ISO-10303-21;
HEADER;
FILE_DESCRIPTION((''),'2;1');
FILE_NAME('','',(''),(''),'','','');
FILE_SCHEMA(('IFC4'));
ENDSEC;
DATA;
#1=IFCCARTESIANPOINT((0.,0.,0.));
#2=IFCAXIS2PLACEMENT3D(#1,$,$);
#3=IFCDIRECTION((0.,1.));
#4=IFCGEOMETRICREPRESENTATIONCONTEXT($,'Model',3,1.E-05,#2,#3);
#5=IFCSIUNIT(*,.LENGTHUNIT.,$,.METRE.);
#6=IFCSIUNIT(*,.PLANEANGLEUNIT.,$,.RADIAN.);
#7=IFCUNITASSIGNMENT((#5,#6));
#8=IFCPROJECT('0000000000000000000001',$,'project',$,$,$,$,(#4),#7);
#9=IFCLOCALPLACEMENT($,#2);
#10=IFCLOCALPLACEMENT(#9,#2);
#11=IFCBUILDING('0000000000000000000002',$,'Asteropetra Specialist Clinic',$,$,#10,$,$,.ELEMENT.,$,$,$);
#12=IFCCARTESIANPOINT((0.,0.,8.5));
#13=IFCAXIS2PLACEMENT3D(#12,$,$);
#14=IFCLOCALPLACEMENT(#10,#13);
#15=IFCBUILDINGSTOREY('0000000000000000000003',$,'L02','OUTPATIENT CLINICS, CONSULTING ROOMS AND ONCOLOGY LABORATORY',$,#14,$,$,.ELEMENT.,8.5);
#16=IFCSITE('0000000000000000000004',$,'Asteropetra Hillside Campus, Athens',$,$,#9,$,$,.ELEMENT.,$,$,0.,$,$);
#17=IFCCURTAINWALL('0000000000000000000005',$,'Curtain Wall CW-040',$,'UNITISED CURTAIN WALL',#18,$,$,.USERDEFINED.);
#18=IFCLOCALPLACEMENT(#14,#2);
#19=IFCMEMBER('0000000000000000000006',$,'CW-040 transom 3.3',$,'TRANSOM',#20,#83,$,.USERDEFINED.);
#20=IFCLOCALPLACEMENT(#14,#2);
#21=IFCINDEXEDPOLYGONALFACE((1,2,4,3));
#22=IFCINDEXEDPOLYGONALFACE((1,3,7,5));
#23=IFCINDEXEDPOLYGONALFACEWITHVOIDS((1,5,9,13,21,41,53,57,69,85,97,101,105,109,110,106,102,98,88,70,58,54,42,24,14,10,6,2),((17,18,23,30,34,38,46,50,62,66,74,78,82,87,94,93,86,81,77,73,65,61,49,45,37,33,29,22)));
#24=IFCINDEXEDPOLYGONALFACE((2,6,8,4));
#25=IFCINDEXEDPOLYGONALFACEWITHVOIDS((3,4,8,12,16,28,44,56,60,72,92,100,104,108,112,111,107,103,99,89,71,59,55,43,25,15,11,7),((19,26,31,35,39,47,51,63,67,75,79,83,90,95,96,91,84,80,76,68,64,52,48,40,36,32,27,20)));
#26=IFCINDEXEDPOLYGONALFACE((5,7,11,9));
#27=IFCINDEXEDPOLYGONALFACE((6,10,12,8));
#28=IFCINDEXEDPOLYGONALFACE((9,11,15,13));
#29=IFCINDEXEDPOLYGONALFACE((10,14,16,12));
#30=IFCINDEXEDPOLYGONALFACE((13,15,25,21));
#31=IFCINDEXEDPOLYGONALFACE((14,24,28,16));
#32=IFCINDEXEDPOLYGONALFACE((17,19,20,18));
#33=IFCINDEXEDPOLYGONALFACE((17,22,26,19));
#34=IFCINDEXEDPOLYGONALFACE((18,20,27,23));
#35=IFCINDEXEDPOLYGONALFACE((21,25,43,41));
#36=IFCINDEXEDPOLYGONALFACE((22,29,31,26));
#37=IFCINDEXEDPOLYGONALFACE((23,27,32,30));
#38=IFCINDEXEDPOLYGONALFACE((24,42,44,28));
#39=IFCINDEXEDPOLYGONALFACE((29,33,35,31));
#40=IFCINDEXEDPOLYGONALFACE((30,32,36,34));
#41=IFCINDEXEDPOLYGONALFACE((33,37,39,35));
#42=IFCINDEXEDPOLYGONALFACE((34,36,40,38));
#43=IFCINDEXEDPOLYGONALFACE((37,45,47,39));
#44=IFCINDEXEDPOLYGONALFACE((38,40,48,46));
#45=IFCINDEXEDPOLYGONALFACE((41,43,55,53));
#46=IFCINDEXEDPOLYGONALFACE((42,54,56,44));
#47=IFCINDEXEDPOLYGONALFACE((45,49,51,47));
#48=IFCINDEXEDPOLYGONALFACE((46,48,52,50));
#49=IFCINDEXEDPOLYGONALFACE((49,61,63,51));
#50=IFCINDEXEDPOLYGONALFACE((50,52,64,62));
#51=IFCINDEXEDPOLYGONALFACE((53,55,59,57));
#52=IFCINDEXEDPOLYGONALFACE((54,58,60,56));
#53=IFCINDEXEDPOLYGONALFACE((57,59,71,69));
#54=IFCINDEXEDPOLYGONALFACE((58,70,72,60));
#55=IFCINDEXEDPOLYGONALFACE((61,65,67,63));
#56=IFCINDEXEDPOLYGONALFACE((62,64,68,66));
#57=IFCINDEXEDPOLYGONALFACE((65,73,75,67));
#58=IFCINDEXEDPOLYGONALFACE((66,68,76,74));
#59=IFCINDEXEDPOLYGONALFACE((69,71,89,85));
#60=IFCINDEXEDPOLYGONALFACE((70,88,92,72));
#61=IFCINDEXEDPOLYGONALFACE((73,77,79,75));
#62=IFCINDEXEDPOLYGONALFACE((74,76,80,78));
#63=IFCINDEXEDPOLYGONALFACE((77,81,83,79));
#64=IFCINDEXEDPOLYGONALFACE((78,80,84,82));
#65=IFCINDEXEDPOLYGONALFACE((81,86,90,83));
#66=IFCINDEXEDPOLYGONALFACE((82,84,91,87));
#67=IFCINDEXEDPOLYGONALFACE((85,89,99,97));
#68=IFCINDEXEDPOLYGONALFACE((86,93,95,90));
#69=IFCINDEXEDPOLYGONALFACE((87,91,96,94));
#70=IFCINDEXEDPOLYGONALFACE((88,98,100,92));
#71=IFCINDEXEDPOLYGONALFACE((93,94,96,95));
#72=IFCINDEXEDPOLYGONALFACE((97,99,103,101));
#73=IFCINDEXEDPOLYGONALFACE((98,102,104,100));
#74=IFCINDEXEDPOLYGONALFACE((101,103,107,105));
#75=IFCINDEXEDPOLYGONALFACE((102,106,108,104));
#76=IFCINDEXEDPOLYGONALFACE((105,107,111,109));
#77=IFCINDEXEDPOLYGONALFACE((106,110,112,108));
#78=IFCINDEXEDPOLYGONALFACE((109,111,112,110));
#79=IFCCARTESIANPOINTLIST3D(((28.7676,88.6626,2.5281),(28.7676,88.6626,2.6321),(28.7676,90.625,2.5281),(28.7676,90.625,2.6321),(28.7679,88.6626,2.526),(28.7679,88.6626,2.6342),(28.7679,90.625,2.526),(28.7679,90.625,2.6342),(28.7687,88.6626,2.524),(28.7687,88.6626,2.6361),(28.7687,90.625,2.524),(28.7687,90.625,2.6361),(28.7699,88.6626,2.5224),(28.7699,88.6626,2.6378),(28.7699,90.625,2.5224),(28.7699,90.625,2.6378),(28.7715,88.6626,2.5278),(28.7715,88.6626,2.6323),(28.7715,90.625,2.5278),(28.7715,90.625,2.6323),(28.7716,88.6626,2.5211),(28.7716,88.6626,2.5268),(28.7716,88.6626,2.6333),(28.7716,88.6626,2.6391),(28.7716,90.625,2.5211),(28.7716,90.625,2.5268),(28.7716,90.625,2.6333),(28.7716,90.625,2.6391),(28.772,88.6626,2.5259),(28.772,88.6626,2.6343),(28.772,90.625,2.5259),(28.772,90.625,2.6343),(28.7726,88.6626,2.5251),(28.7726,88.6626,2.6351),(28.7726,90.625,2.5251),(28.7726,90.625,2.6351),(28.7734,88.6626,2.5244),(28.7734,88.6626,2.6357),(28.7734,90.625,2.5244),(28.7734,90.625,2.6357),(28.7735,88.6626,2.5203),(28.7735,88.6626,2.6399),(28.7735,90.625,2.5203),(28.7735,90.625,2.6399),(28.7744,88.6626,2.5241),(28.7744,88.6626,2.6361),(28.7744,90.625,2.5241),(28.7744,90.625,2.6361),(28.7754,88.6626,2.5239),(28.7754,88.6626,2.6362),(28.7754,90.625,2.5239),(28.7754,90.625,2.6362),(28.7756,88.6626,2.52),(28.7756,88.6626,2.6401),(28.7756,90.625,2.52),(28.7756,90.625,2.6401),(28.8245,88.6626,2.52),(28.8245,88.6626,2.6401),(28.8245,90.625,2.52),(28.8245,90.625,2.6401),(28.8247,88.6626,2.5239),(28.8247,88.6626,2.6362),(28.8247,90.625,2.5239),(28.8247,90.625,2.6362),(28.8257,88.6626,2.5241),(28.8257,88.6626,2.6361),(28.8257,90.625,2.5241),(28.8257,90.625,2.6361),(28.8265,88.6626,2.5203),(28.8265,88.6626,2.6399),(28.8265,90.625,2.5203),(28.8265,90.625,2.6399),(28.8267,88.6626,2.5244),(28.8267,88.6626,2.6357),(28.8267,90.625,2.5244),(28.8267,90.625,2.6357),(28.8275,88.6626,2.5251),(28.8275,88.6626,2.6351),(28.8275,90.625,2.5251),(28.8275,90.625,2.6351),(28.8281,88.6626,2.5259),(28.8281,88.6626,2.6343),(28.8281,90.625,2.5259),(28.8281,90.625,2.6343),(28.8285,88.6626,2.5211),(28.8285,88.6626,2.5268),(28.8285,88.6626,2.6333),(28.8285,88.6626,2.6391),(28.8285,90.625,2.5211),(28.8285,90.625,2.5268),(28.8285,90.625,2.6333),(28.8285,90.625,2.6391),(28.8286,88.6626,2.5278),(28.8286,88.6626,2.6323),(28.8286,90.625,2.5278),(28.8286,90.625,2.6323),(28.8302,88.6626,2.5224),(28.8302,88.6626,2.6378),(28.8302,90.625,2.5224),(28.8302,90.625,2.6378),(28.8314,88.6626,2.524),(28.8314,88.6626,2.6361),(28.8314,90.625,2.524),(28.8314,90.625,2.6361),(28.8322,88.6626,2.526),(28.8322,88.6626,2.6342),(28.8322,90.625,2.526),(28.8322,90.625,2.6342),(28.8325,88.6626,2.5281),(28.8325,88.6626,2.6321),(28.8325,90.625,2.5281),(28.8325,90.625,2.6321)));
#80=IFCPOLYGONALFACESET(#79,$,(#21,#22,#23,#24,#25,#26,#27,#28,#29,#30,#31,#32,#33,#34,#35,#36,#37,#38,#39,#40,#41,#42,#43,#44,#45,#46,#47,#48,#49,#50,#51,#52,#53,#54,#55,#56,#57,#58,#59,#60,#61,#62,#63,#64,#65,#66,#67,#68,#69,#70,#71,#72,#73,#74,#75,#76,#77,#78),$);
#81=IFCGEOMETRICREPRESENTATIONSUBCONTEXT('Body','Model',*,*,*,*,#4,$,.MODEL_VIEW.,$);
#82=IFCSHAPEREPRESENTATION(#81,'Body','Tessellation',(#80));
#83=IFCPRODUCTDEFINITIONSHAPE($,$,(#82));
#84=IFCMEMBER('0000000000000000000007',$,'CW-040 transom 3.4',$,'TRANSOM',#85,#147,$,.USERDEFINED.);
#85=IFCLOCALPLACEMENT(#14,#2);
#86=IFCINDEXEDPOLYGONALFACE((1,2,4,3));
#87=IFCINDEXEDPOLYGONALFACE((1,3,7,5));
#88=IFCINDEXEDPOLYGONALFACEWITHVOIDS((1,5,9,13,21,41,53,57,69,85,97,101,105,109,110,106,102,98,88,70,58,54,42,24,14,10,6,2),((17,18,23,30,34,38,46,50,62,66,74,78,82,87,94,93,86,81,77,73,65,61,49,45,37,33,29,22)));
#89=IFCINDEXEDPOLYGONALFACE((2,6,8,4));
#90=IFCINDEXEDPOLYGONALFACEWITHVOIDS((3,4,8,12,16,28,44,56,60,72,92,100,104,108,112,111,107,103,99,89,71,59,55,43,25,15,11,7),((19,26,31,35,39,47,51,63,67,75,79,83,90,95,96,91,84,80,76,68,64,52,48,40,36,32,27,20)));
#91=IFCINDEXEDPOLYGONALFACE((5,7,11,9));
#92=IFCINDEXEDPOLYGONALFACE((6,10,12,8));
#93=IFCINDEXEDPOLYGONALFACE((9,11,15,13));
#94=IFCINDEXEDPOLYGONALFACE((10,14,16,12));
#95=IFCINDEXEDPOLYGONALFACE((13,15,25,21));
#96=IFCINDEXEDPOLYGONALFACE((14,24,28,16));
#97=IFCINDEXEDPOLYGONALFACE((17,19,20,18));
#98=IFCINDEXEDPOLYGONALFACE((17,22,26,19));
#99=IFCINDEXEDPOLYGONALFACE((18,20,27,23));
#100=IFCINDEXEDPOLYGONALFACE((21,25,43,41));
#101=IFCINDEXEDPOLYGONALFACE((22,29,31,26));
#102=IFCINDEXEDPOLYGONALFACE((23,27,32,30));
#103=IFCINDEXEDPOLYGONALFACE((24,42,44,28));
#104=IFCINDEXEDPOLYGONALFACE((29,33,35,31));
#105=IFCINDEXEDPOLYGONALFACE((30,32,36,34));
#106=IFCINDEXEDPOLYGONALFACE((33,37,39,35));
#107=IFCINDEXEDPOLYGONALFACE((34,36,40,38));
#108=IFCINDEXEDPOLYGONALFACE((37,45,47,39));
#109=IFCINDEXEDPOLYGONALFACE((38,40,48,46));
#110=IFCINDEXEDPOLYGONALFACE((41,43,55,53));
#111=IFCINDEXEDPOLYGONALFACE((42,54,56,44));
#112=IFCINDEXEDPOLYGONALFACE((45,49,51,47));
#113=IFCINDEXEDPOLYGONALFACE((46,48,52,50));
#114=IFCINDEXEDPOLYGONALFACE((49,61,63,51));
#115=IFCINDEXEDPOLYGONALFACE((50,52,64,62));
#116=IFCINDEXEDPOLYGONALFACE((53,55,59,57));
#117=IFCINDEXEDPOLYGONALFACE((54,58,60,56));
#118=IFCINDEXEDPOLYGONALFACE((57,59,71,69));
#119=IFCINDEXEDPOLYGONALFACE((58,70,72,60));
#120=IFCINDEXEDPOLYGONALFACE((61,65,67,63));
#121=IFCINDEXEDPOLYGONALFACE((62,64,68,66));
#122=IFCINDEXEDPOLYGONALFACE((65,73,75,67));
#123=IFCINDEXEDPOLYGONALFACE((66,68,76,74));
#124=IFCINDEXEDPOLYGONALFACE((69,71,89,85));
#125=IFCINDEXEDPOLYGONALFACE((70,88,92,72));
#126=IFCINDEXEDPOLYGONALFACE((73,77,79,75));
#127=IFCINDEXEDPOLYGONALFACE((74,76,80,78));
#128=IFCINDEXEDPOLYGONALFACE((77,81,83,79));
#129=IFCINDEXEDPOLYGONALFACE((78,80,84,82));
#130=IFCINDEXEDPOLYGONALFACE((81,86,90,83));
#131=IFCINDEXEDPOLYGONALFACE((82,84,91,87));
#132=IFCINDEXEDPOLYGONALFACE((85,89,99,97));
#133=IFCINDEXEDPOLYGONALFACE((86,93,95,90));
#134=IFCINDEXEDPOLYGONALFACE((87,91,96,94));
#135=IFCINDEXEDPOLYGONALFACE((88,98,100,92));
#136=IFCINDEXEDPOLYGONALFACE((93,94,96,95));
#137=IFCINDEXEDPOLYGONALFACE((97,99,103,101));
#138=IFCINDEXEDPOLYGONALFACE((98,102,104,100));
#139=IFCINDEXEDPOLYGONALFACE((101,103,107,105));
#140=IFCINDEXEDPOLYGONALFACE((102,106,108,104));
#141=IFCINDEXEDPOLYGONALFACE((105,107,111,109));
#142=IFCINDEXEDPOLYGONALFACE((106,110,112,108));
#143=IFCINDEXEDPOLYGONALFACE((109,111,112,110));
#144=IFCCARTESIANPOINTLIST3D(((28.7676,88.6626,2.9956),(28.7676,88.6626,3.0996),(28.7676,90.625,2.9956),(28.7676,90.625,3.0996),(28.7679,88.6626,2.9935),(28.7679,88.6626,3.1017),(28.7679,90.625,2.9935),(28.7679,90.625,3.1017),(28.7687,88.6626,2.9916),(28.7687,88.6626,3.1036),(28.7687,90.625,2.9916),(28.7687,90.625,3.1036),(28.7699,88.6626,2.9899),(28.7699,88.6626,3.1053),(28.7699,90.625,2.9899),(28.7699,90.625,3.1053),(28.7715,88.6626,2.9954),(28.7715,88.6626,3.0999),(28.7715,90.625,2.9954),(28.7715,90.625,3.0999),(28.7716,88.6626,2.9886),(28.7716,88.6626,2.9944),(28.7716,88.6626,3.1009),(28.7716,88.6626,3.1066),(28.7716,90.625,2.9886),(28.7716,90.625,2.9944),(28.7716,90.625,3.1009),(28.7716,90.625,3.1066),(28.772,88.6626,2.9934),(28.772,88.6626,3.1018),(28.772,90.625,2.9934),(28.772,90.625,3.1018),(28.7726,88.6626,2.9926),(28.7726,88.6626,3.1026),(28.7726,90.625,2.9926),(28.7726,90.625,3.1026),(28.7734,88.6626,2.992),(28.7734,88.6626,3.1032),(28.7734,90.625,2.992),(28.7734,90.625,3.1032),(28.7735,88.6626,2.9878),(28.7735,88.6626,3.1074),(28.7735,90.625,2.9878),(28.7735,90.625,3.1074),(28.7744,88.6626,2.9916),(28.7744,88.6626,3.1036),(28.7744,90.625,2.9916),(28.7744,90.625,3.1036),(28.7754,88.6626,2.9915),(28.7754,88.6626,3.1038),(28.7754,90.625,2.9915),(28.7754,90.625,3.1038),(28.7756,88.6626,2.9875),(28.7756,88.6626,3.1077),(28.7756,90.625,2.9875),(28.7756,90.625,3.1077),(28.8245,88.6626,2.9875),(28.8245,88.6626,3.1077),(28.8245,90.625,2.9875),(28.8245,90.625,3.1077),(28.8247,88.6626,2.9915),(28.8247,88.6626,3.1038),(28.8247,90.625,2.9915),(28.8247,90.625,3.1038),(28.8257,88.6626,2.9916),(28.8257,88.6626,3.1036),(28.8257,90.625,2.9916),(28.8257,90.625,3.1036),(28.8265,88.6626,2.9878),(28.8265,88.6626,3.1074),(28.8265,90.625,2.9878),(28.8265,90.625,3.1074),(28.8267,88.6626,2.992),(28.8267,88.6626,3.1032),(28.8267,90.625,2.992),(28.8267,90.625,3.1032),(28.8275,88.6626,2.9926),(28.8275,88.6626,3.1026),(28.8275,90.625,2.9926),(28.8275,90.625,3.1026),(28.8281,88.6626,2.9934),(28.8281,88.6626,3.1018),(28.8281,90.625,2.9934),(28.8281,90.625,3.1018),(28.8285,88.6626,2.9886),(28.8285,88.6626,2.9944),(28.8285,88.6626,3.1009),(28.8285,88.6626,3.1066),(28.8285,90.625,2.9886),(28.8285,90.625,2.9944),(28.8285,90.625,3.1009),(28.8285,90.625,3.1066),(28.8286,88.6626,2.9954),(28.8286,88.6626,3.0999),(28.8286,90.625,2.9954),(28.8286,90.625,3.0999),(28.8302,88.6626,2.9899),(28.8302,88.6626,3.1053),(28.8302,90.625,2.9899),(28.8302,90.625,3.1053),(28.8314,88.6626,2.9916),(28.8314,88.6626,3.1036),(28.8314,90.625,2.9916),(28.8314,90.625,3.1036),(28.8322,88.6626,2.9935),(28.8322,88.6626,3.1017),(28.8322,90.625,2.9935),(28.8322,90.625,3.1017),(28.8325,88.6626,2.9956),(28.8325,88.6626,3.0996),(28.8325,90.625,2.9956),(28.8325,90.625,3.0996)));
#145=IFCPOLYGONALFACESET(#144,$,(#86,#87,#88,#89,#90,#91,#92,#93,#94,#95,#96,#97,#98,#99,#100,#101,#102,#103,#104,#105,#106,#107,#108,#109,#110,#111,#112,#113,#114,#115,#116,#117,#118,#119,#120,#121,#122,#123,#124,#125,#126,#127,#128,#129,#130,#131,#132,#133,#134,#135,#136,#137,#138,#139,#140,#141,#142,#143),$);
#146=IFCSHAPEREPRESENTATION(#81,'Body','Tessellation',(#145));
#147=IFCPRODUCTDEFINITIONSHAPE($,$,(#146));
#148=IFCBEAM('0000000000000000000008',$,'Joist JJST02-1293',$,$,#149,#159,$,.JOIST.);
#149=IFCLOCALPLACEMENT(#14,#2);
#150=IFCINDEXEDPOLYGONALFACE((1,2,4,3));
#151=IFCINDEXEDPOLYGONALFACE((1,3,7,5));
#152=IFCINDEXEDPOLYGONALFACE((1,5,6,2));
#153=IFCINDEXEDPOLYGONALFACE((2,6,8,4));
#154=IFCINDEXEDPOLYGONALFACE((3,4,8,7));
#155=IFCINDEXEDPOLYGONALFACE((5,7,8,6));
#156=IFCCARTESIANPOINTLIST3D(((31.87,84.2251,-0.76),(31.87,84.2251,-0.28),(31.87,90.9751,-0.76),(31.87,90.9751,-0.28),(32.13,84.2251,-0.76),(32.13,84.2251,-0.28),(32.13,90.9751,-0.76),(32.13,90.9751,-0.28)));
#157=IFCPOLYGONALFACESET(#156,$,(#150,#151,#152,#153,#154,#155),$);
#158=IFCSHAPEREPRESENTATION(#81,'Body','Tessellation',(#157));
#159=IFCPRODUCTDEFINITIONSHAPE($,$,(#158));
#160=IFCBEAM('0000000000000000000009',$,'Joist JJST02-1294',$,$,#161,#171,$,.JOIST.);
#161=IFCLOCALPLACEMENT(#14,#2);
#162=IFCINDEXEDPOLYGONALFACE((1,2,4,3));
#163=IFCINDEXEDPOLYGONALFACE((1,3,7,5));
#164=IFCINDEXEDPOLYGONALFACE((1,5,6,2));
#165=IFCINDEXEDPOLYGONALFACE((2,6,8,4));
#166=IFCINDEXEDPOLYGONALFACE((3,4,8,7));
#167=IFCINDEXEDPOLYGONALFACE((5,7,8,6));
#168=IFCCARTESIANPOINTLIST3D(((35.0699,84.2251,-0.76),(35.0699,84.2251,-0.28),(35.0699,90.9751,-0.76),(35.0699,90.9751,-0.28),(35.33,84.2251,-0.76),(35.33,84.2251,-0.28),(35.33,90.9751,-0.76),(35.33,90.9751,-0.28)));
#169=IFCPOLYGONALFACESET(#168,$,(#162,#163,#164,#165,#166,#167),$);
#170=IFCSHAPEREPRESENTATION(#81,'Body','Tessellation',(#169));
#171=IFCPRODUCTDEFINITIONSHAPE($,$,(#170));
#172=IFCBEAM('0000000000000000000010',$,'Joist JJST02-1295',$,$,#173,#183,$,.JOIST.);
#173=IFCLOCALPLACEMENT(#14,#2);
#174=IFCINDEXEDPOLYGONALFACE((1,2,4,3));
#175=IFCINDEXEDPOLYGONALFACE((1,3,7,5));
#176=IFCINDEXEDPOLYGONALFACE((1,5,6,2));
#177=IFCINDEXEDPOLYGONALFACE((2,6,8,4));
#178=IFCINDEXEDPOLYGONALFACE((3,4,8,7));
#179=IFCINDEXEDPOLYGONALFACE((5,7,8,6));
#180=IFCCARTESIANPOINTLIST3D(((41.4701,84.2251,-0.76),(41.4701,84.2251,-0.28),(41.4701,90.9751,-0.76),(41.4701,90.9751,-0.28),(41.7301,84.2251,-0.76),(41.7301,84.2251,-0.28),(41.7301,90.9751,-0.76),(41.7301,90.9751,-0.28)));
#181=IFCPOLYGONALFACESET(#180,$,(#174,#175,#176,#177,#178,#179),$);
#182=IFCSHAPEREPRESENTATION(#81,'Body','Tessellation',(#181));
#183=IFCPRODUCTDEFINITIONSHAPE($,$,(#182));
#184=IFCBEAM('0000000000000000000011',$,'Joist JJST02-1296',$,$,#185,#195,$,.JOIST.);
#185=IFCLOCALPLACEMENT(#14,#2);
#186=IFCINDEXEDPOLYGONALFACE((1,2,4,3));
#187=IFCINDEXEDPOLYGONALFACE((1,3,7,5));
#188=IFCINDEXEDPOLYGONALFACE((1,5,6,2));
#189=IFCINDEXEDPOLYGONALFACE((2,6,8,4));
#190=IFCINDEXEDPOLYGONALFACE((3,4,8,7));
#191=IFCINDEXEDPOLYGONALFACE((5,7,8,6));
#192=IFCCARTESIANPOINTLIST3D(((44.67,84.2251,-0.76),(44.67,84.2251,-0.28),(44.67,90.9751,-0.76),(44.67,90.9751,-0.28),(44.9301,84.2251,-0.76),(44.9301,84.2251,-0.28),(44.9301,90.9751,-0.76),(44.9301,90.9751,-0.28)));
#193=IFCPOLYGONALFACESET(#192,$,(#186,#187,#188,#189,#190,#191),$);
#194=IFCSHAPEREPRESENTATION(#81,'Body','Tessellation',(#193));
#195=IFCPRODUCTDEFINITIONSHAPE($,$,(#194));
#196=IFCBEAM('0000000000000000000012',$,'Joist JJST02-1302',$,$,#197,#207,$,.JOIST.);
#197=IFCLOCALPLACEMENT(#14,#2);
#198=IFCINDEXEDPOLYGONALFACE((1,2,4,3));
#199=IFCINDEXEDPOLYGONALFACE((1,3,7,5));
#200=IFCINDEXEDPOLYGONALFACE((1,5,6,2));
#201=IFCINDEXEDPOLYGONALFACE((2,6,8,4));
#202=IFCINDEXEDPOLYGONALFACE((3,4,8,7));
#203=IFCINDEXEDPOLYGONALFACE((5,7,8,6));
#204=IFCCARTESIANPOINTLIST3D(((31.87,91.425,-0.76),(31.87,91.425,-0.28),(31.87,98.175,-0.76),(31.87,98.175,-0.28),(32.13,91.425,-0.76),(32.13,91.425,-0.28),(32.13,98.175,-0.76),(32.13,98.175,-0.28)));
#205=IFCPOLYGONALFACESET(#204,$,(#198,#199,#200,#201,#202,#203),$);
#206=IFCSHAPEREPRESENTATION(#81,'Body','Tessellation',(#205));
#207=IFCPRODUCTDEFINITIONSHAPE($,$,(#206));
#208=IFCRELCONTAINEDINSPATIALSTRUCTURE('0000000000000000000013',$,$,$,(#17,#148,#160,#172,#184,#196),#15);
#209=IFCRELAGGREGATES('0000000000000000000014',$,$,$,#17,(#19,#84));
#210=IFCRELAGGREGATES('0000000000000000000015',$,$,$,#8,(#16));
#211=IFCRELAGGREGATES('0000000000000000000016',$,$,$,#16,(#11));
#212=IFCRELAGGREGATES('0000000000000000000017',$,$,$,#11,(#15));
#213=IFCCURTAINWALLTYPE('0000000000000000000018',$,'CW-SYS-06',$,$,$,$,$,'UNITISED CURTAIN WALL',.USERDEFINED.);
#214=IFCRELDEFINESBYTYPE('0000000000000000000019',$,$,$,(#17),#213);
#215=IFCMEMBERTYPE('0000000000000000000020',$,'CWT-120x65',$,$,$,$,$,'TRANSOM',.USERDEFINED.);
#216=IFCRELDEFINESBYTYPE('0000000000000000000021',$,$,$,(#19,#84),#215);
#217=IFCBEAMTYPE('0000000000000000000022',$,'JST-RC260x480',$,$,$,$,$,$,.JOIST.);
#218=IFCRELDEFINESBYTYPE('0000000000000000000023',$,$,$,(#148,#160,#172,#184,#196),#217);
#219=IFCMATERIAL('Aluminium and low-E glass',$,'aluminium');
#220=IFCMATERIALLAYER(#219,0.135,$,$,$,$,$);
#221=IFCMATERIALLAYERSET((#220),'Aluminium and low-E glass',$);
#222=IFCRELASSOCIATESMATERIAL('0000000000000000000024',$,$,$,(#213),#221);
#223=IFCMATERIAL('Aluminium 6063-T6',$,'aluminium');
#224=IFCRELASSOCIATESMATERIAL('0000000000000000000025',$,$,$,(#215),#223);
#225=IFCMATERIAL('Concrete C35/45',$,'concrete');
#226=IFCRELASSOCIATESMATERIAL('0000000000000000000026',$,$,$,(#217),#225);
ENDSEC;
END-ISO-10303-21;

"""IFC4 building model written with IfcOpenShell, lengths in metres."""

from ifc_helpers import new_model, si_unit, direction, frame, origin, origin_2d, place, context, subcontext, project, spatial, rectangle, hollow_rectangle, extrude, material, layer, layer_set, material_profile, profile_set, type_object, element, aggregate, save


model = new_model("IFC4")

# Units and contexts
model_context = context("Model", 3, precision=1e-05, world=origin(), true_north=direction((0.0, 1.0)))
body_context = subcontext(model_context, "Body", "Model", "MODEL_VIEW")
ifc_project = project(units=[si_unit("LENGTHUNIT", "METRE"), si_unit("PLANEANGLEUNIT", "RADIAN")], contexts=[model_context])

# Site, building, storey
site_placement = place(None, origin())
site = spatial("IfcSite", under=ifc_project, at=site_placement, Name="Asteropetra Hillside Campus, Athens", CompositionType="ELEMENT", RefElevation=0.0)
building_placement = place(site_placement, origin())
building = spatial("IfcBuilding", under=site, at=building_placement, Name="Asteropetra Specialist Clinic", CompositionType="ELEMENT")
storey_placement = place(building_placement, frame((0.0, 0.0, 8.5)))
storey = spatial("IfcBuildingStorey", under=building, at=storey_placement, Name="L02", Description="OUTPATIENT CLINICS, CONSULTING ROOMS AND ONCOLOGY LABORATORY", CompositionType="ELEMENT", Elevation=8.5)

# Curtain wall, members
ifc_material_1 = material(Name="Aluminium and low-E glass", Category="aluminium")
ifc_layer_1 = layer(ifc_material_1, 0.135)
ifc_layer_set_1 = layer_set([ifc_layer_1], Name="Aluminium and low-E glass")
curtain_wall_type = type_object("IfcCurtainWallType", Name="CW-SYS-06", ElementType="UNITISED CURTAIN WALL", PredefinedType="USERDEFINED", material=ifc_layer_set_1)
curtain_wall_placement = place(storey_placement, origin())
curtain_wall = element("IfcCurtainWall", 1, at=curtain_wall_placement, inside=storey, type_object=curtain_wall_type, Name="Curtain Wall CW-040", ObjectType="UNITISED CURTAIN WALL", PredefinedType="USERDEFINED")
ifc_material_2 = material(Name="Aluminium 6063-T6", Category="aluminium")
ifc_material_profile_1 = material_profile(ifc_material_2, hollow_rectangle(XDim=0.0649, YDim=0.1201, WallThickness=0.0039, InnerFilletRadius=0.0039, OuterFilletRadius=0.0081, at=origin_2d()), Name="TRN 120x65x4.0")
ifc_profile_set_1 = profile_set([ifc_material_profile_1], Name="Aluminium 6063-T6")
member_type_1 = type_object("IfcMemberType", Name="CWT-120x65", ElementType="TRANSOM", PredefinedType="USERDEFINED", material=ifc_profile_set_1)
member_1_placement = place(storey_placement, frame((28.8, 88.6626, 2.5801), z_axis=(0.0, 1.0, 0.0), x_axis=(-1.0, 0.0, 0.0)))
member_1 = element("IfcMember", 2, at=member_1_placement, type_object=member_type_1, Name="CW-040 transom 3.3", ObjectType="TRANSOM", PredefinedType="USERDEFINED", context=body_context, shape_type="SweptSolid", body=[
    extrude(hollow_rectangle(XDim=0.0649, YDim=0.1201, WallThickness=0.0039, InnerFilletRadius=0.0039, OuterFilletRadius=0.0081, at=origin_2d()), origin(), (0.0, 0.0, 1.0), 1.9624),
])
member_2_placement = place(storey_placement, frame((28.8, 88.6626, 3.0476), z_axis=(0.0, 1.0, 0.0), x_axis=(-1.0, 0.0, 0.0)))
member_2 = element("IfcMember", 3, at=member_2_placement, type_object=member_type_1, Name="CW-040 transom 3.4", ObjectType="TRANSOM", PredefinedType="USERDEFINED", context=body_context, shape_type="SweptSolid", body=[
    extrude(hollow_rectangle(XDim=0.0649, YDim=0.1201, WallThickness=0.0039, InnerFilletRadius=0.0039, OuterFilletRadius=0.0081, at=origin_2d()), origin(), (0.0, 0.0, 1.0), 1.9624),
])

# Beams
ifc_material_3 = material(Name="Concrete C35/45", Category="concrete")
ifc_material_profile_2 = material_profile(ifc_material_3, rectangle(XDim=0.26, YDim=0.48, at=origin_2d()), Name="RCJ 260x480")
ifc_profile_set_2 = profile_set([ifc_material_profile_2], Name="Concrete C35/45")
beam_type_1 = type_object("IfcBeamType", Name="JST-RC260x480", PredefinedType="JOIST", material=ifc_profile_set_2)
for number, where, z_axis, x_axis, name in (
    (4, (32.0, 84.2251, -0.52), (0.0, 1.0, 0.0), (-1.0, 0.0, 0.0), "Joist JJST02-1293"),
    (5, (35.2, 84.2251, -0.52), (0.0, 1.0, 0.0), (-1.0, 0.0, 0.0), "Joist JJST02-1294"),
    (6, (41.6001, 84.2251, -0.52), (0.0, 1.0, 0.0), (-1.0, 0.0, 0.0), "Joist JJST02-1295"),
    (7, (44.8, 84.2251, -0.52), (0.0, 1.0, 0.0), (-1.0, 0.0, 0.0), "Joist JJST02-1296"),
    (8, (32.0, 91.425, -0.52), (0.0, 1.0, 0.0), (-1.0, 0.0, 0.0), "Joist JJST02-1302"),
):
    element("IfcBeam", number, at=place(storey_placement, frame(where, z_axis=z_axis, x_axis=x_axis)), inside=storey, type_object=beam_type_1, Name=name, PredefinedType="JOIST", context=body_context, shape_type="SweptSolid", body=[
        extrude(rectangle(XDim=0.26, YDim=0.48, at=origin_2d()), origin(), (0.0, 0.0, 1.0), 6.75),
    ])

aggregate(curtain_wall, [member_1, member_2])

save(model, "model.ifc")
